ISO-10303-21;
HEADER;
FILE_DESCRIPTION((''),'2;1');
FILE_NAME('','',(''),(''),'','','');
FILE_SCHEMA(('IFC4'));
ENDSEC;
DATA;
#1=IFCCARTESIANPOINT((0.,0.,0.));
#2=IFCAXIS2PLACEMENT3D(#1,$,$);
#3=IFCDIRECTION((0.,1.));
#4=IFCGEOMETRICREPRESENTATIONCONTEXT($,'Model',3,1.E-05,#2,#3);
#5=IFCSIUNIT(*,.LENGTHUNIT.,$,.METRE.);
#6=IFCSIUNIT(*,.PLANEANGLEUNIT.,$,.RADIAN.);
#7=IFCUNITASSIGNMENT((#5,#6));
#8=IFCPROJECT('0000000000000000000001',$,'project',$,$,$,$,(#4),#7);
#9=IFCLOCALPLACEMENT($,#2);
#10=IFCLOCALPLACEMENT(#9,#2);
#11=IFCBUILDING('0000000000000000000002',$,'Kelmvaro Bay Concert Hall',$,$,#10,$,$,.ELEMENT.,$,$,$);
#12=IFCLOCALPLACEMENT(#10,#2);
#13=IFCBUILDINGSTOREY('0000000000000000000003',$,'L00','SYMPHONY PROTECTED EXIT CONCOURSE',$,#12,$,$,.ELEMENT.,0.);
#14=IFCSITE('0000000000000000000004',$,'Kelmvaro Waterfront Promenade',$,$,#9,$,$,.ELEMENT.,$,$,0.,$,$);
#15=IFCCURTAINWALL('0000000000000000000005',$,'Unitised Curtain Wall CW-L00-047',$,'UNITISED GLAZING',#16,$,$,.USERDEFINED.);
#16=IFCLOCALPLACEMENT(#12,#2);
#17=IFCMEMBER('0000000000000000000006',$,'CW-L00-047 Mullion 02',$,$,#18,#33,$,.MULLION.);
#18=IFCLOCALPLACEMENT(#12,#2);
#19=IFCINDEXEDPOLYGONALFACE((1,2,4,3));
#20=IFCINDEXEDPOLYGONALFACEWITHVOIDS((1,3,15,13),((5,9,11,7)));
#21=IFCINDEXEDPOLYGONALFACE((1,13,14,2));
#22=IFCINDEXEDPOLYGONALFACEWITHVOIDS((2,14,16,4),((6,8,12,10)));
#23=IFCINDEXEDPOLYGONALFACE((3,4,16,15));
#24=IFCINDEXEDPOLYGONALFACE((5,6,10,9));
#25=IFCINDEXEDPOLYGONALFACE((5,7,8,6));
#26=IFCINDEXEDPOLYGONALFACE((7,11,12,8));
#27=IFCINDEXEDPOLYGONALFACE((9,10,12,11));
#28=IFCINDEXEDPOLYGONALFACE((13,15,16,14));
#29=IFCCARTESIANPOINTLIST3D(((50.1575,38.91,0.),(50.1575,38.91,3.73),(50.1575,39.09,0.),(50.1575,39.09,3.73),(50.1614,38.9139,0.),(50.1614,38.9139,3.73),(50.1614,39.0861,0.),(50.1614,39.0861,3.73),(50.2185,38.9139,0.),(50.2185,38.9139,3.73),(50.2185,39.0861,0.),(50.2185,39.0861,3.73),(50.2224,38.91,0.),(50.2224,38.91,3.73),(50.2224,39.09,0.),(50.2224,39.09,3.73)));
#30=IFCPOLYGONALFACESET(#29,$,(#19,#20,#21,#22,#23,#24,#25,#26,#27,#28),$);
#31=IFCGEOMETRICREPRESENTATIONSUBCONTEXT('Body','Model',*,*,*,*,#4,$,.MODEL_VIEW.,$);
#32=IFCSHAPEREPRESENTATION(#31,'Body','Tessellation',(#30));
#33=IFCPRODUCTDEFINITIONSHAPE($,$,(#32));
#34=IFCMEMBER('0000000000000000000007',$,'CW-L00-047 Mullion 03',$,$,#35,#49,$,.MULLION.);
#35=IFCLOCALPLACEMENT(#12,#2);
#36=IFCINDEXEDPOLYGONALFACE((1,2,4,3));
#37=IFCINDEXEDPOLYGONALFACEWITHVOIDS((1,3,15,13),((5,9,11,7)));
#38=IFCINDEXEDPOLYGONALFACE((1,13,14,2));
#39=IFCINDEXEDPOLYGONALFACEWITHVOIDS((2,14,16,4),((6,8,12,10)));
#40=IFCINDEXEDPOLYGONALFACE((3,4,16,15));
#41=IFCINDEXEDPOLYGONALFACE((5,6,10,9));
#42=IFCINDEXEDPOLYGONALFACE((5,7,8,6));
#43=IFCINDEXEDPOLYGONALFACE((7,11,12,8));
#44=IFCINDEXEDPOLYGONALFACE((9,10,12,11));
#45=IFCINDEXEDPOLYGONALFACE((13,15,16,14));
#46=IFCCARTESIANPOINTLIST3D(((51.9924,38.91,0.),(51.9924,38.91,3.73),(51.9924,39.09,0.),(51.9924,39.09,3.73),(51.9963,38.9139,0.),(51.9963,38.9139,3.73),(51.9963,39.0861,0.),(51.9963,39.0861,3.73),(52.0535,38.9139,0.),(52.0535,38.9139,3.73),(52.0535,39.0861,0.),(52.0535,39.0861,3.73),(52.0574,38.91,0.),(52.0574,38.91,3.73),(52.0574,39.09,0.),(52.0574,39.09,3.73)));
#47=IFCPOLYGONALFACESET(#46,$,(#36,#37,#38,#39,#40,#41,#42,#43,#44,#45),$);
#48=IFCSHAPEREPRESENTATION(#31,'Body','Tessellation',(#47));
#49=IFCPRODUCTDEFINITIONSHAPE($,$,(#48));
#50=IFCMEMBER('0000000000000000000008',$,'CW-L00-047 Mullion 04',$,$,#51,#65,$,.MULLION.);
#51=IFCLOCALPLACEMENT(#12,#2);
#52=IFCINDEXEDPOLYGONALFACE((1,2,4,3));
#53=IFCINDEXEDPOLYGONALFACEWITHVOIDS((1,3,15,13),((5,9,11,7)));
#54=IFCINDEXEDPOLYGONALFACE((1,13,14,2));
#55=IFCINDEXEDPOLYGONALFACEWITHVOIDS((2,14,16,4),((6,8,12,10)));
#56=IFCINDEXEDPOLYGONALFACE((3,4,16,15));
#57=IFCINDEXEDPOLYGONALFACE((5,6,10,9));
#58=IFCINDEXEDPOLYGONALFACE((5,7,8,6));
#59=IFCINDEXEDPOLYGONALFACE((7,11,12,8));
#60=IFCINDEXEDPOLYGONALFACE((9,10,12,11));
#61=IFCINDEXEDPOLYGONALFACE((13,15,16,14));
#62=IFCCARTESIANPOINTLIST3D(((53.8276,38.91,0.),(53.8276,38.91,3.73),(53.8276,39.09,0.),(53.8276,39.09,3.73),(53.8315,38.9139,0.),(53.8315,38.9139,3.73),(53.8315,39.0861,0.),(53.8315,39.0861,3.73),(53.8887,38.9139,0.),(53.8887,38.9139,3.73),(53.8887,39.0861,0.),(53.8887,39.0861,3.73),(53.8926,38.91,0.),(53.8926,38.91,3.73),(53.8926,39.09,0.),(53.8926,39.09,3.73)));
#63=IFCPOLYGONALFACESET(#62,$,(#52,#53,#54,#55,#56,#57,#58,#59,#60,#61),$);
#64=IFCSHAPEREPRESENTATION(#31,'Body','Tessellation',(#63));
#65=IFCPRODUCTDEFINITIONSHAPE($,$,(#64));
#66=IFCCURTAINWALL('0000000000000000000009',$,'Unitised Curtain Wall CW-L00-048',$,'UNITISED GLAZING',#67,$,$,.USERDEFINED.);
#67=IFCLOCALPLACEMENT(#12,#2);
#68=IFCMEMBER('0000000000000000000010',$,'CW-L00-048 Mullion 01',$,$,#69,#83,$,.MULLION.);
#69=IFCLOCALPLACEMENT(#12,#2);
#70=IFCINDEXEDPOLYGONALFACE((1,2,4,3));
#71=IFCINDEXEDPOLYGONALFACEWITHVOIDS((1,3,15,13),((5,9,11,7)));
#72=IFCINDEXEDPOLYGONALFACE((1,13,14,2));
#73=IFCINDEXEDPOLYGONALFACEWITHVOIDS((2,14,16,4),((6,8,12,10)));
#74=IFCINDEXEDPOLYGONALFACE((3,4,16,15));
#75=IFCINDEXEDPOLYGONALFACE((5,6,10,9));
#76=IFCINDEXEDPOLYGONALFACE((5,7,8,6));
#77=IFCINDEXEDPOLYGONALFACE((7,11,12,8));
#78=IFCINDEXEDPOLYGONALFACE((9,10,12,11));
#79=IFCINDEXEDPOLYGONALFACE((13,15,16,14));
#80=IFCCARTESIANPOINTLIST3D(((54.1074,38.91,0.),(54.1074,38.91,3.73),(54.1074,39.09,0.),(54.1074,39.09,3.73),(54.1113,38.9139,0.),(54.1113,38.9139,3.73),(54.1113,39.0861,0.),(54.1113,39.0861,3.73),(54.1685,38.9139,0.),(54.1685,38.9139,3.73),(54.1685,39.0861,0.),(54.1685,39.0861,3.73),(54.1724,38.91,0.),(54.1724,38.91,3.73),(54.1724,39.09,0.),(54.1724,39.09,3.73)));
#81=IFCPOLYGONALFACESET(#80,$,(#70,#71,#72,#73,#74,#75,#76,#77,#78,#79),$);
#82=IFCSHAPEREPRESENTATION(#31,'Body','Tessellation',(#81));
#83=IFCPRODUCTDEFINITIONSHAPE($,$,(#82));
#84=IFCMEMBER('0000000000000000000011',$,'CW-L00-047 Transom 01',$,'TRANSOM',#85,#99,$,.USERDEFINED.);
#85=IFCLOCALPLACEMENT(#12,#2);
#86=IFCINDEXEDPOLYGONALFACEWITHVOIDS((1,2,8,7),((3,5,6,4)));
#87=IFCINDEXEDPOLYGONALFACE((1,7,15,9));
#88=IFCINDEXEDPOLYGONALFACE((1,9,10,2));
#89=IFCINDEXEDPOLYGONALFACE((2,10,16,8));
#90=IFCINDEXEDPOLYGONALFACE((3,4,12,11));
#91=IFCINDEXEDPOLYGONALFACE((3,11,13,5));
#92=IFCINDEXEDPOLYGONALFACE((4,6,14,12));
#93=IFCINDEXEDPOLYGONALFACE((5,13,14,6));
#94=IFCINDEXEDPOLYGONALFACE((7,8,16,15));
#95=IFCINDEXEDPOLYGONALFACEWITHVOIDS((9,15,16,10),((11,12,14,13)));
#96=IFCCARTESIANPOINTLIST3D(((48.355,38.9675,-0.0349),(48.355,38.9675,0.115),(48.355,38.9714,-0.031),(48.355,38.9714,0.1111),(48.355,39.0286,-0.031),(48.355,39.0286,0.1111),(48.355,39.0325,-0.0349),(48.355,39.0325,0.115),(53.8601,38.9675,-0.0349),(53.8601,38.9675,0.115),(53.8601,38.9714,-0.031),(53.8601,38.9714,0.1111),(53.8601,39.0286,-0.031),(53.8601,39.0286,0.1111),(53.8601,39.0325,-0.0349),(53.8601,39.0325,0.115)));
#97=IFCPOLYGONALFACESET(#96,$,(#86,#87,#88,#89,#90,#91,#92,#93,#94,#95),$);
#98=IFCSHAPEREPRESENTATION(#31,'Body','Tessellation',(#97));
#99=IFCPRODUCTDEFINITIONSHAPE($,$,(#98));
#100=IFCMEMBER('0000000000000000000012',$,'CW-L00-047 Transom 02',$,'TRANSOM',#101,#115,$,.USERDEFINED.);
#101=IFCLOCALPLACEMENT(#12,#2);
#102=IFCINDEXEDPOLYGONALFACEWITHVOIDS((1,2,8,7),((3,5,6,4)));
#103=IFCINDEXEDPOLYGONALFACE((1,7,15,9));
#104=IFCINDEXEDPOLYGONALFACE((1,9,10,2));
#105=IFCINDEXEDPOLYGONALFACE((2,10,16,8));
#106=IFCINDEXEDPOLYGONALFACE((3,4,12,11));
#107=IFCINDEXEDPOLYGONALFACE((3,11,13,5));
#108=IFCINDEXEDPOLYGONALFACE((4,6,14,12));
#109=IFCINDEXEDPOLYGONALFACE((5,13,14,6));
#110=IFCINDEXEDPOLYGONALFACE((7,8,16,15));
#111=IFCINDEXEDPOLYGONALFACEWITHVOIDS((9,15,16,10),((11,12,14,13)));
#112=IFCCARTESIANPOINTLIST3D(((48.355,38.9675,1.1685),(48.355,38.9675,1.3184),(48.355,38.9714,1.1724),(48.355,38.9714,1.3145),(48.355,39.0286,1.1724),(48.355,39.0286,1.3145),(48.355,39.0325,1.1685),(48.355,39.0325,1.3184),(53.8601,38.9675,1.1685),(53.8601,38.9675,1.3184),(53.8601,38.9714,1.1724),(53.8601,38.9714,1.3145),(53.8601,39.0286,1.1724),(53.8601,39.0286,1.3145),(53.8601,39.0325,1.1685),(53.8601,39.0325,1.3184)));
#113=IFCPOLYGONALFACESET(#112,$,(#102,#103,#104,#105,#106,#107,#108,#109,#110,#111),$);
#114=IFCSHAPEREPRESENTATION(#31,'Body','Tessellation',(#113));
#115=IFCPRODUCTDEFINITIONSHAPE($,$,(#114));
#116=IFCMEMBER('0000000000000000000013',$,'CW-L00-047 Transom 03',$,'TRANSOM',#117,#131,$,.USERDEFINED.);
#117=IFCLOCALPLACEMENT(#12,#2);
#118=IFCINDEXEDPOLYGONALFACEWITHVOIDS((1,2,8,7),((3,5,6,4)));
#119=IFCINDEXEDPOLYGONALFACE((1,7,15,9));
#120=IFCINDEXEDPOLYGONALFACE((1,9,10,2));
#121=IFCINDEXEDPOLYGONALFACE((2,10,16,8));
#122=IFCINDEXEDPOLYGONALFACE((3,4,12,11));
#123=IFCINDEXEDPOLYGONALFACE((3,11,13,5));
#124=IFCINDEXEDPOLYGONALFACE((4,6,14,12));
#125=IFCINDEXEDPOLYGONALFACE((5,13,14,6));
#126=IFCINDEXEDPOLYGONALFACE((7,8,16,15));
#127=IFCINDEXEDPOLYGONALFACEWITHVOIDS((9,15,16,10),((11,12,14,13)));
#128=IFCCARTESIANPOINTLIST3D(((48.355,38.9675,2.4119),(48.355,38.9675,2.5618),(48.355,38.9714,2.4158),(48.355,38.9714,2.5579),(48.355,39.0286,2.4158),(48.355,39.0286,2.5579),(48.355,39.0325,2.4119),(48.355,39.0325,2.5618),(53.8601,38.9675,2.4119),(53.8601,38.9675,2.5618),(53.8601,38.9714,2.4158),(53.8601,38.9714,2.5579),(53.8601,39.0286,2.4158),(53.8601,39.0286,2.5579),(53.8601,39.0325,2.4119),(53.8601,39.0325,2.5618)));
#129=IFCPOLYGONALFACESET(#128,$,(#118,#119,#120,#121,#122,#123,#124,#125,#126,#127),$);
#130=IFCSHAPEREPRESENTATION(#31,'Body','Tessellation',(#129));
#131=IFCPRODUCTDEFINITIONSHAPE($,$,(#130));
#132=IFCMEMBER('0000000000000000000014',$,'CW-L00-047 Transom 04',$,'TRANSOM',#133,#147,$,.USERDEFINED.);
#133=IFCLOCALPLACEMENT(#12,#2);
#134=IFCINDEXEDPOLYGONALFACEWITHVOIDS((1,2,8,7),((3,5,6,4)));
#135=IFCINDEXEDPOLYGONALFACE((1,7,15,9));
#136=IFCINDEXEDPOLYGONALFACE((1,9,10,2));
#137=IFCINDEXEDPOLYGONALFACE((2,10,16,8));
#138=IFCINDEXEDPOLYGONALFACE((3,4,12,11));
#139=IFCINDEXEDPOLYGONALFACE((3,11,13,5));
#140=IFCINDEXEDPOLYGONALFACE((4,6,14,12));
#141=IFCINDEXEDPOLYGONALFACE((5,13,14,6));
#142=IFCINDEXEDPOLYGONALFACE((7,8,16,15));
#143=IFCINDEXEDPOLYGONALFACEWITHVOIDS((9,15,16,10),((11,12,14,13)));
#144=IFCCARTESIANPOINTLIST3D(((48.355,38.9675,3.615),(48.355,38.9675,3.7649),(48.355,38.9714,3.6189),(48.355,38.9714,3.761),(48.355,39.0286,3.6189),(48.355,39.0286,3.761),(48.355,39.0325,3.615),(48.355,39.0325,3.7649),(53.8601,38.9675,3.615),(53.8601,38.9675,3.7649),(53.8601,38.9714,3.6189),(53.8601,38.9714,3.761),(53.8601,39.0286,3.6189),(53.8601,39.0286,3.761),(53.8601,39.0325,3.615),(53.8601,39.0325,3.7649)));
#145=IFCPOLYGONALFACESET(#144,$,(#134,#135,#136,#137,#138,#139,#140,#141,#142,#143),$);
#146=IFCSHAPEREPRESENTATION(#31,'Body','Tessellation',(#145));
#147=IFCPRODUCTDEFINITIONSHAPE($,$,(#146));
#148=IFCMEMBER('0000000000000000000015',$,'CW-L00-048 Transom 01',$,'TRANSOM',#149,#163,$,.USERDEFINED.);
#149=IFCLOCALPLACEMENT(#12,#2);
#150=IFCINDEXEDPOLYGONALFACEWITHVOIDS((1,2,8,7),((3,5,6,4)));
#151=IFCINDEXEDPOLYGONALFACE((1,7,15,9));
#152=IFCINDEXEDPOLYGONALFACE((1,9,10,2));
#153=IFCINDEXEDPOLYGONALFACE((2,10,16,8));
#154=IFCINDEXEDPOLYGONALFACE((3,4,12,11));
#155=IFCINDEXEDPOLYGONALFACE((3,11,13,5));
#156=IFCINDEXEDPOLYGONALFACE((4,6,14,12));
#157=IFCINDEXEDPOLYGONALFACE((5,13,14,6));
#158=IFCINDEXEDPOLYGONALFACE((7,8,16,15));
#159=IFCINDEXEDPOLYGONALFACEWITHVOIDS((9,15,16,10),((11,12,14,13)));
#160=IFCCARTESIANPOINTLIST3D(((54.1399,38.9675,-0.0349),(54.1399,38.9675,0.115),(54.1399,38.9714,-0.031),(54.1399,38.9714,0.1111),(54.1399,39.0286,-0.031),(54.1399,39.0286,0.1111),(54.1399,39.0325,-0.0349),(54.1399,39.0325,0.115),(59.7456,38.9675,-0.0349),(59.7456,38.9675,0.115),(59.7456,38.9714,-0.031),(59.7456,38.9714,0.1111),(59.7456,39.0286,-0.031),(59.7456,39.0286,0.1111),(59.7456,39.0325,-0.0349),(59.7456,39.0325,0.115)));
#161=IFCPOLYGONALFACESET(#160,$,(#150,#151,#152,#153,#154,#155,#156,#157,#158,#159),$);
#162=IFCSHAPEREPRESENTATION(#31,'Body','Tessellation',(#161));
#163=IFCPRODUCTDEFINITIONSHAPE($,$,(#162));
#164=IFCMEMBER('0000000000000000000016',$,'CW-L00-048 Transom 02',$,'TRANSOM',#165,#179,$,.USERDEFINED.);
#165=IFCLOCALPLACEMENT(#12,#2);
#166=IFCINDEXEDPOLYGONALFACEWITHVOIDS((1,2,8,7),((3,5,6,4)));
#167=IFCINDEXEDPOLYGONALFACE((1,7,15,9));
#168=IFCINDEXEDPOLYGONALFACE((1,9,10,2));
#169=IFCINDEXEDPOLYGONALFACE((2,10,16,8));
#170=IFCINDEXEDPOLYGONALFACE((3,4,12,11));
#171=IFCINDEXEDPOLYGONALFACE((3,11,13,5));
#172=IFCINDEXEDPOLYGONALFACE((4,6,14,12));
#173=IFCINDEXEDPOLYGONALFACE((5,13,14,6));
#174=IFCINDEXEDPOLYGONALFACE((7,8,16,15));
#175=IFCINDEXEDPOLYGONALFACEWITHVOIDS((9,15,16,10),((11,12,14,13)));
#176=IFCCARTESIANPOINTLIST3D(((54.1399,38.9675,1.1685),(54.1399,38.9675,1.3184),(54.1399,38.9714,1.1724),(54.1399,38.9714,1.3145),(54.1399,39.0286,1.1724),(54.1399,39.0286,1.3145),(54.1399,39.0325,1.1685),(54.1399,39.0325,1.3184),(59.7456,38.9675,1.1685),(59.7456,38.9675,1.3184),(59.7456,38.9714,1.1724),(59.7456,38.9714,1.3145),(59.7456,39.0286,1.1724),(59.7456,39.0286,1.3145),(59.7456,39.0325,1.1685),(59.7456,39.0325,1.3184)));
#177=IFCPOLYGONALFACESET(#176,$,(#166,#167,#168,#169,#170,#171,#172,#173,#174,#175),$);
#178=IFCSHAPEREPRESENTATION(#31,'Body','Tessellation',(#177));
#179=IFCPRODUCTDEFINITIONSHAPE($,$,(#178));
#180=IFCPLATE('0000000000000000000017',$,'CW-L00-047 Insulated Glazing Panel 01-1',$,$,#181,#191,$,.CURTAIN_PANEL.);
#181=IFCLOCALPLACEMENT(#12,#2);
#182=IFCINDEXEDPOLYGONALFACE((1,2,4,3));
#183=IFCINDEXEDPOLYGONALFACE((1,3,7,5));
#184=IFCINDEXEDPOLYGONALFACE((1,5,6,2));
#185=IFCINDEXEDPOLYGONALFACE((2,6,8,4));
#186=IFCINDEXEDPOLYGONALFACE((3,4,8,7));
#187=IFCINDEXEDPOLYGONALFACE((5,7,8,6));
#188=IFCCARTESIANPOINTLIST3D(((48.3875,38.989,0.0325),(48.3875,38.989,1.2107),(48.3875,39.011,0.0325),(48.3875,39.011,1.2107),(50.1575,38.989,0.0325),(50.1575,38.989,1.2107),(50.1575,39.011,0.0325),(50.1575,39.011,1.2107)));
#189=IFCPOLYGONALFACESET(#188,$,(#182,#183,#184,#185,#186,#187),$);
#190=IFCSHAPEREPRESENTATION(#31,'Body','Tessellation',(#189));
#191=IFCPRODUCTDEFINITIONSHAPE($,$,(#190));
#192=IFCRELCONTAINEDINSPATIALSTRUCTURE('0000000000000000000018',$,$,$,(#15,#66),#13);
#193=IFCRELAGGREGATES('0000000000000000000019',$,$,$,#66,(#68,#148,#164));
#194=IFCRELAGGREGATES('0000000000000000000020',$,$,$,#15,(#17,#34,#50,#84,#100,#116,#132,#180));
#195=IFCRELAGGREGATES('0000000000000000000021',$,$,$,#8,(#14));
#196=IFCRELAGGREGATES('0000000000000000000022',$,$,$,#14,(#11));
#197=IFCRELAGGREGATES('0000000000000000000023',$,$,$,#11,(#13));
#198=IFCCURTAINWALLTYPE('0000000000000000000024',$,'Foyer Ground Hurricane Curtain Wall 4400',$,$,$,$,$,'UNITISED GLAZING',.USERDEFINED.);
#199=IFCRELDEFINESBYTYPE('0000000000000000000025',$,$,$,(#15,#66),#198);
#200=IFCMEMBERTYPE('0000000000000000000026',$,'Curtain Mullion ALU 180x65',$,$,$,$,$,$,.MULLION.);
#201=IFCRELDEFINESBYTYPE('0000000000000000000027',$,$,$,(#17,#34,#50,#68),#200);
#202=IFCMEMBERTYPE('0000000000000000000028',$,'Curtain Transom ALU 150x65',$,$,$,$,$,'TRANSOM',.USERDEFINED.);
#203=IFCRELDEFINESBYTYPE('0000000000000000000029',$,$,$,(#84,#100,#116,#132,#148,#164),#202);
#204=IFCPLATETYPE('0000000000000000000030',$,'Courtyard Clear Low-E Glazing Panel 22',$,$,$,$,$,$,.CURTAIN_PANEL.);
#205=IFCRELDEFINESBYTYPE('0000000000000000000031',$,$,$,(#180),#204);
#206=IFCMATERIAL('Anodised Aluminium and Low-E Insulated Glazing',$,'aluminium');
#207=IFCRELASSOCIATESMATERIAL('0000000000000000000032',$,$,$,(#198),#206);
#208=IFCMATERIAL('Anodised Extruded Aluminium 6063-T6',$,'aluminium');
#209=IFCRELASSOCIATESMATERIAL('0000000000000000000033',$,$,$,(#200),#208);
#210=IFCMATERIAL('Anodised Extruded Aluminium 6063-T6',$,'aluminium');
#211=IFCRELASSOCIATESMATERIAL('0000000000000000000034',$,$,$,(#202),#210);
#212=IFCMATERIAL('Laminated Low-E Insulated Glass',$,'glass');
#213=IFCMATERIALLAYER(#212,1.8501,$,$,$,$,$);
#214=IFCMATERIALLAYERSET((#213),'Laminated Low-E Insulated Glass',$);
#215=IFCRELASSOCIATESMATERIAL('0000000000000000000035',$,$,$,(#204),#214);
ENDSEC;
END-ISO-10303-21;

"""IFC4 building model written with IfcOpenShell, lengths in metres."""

from ifc_helpers import new_model, si_unit, direction, frame, origin, origin_2d, place, context, subcontext, project, spatial, rectangle, hollow_rectangle, extrude, material, layer, layer_set, material_profile, profile_set, type_object, element, aggregate, save


model = new_model("IFC4")

# Units and contexts
model_context = context("Model", 3, precision=1e-05, world=origin(), true_north=direction((0.0, 1.0)))
body_context = subcontext(model_context, "Body", "Model", "MODEL_VIEW")
ifc_project = project(units=[si_unit("LENGTHUNIT", "METRE"), si_unit("PLANEANGLEUNIT", "RADIAN")], contexts=[model_context])

# Site, building, storey
site_placement = place(None, origin())
site = spatial("IfcSite", under=ifc_project, at=site_placement, Name="Kelmvaro Waterfront Promenade", CompositionType="ELEMENT", RefElevation=0.0)
building_placement = place(site_placement, origin())
building = spatial("IfcBuilding", under=site, at=building_placement, Name="Kelmvaro Bay Concert Hall", CompositionType="ELEMENT")
storey_placement = place(building_placement, origin())
storey = spatial("IfcBuildingStorey", under=building, at=storey_placement, Name="L00", Description="SYMPHONY PROTECTED EXIT CONCOURSE", CompositionType="ELEMENT", Elevation=0.0)

# Curtain wall, members
ifc_material_1 = material(Name="Anodised Aluminium and Low-E Insulated Glazing", Category="aluminium")
curtain_wall_type = type_object("IfcCurtainWallType", Name="Foyer Ground Hurricane Curtain Wall 4400", ElementType="UNITISED GLAZING", PredefinedType="USERDEFINED", material=ifc_material_1)
curtain_wall_1_placement = place(storey_placement, origin())
curtain_wall_1 = element("IfcCurtainWall", 1, at=curtain_wall_1_placement, inside=storey, type_object=curtain_wall_type, Name="Unitised Curtain Wall CW-L00-047", ObjectType="UNITISED GLAZING", PredefinedType="USERDEFINED")
ifc_material_2 = material(Name="Anodised Extruded Aluminium 6063-T6", Category="aluminium")
ifc_material_profile_1 = material_profile(ifc_material_2, hollow_rectangle(XDim=0.0649, YDim=0.1799, WallThickness=0.0039, at=origin_2d()), Name="ALU-MUL-180X65")
ifc_profile_set_1 = profile_set([ifc_material_profile_1], Name="Anodised Extruded Aluminium 6063-T6")
member_type_1 = type_object("IfcMemberType", Name="Curtain Mullion ALU 180x65", PredefinedType="MULLION", material=ifc_profile_set_1)
member_1_placement = place(storey_placement, frame((50.1899, 39.0, 0.0), z_axis=(0.0, 0.0, 1.0), x_axis=(1.0, 0.0, 0.0)))
member_1 = element("IfcMember", 2, at=member_1_placement, type_object=member_type_1, Name="CW-L00-047 Mullion 02", PredefinedType="MULLION", context=body_context, shape_type="SweptSolid", body=[
    extrude(hollow_rectangle(XDim=0.0649, YDim=0.1799, WallThickness=0.0039, at=origin_2d()), origin(), (0.0, 0.0, 1.0), 3.73),
])
member_2_placement = place(storey_placement, frame((52.0249, 39.0, 0.0), z_axis=(0.0, 0.0, 1.0), x_axis=(1.0, 0.0, 0.0)))
member_2 = element("IfcMember", 3, at=member_2_placement, type_object=member_type_1, Name="CW-L00-047 Mullion 03", PredefinedType="MULLION", context=body_context, shape_type="SweptSolid", body=[
    extrude(hollow_rectangle(XDim=0.0649, YDim=0.1799, WallThickness=0.0039, at=origin_2d()), origin(), (0.0, 0.0, 1.0), 3.73),
])
member_3_placement = place(storey_placement, frame((53.8601, 39.0, 0.0), z_axis=(0.0, 0.0, 1.0), x_axis=(1.0, 0.0, 0.0)))
member_3 = element("IfcMember", 4, at=member_3_placement, type_object=member_type_1, Name="CW-L00-047 Mullion 04", PredefinedType="MULLION", context=body_context, shape_type="SweptSolid", body=[
    extrude(hollow_rectangle(XDim=0.0649, YDim=0.1799, WallThickness=0.0039, at=origin_2d()), origin(), (0.0, 0.0, 1.0), 3.73),
])

# Curtain wall, member
curtain_wall_2_placement = place(storey_placement, origin())
curtain_wall_2 = element("IfcCurtainWall", 5, at=curtain_wall_2_placement, inside=storey, type_object=curtain_wall_type, Name="Unitised Curtain Wall CW-L00-048", ObjectType="UNITISED GLAZING", PredefinedType="USERDEFINED")
member_4_placement = place(storey_placement, frame((54.1399, 39.0, 0.0), z_axis=(0.0, 0.0, 1.0), x_axis=(1.0, 0.0, 0.0)))
member_4 = element("IfcMember", 6, at=member_4_placement, type_object=member_type_1, Name="CW-L00-048 Mullion 01", PredefinedType="MULLION", context=body_context, shape_type="SweptSolid", body=[
    extrude(hollow_rectangle(XDim=0.0649, YDim=0.1799, WallThickness=0.0039, at=origin_2d()), origin(), (0.0, 0.0, 1.0), 3.73),
])

# Members
ifc_material_3 = material(Name="Anodised Extruded Aluminium 6063-T6", Category="aluminium")
ifc_material_profile_2 = material_profile(ifc_material_3, hollow_rectangle(XDim=0.0649, YDim=0.1499, WallThickness=0.0039, at=origin_2d()), Name="ALU-TRN-150X65")
ifc_profile_set_2 = profile_set([ifc_material_profile_2], Name="Anodised Extruded Aluminium 6063-T6")
member_type_2 = type_object("IfcMemberType", Name="Curtain Transom ALU 150x65", ElementType="TRANSOM", PredefinedType="USERDEFINED", material=ifc_profile_set_2)
member_5_placement = place(storey_placement, frame((48.355, 39.0, 0.04), z_axis=(1.0, 0.0, 0.0), x_axis=(0.0, 1.0, 0.0)))
member_5 = element("IfcMember", 7, at=member_5_placement, type_object=member_type_2, Name="CW-L00-047 Transom 01", ObjectType="TRANSOM", PredefinedType="USERDEFINED", context=body_context, shape_type="SweptSolid", body=[
    extrude(hollow_rectangle(XDim=0.0649, YDim=0.1499, WallThickness=0.0039, at=origin_2d()), origin(), (0.0, 0.0, 1.0), 5.5051),
])
member_6_placement = place(storey_placement, frame((48.355, 39.0, 1.2434), z_axis=(1.0, 0.0, 0.0), x_axis=(0.0, 1.0, 0.0)))
member_6 = element("IfcMember", 8, at=member_6_placement, type_object=member_type_2, Name="CW-L00-047 Transom 02", ObjectType="TRANSOM", PredefinedType="USERDEFINED", context=body_context, shape_type="SweptSolid", body=[
    extrude(hollow_rectangle(XDim=0.0649, YDim=0.1499, WallThickness=0.0039, at=origin_2d()), origin(), (0.0, 0.0, 1.0), 5.5051),
])
member_7_placement = place(storey_placement, frame((48.355, 39.0, 2.4868), z_axis=(1.0, 0.0, 0.0), x_axis=(0.0, 1.0, 0.0)))
member_7 = element("IfcMember", 9, at=member_7_placement, type_object=member_type_2, Name="CW-L00-047 Transom 03", ObjectType="TRANSOM", PredefinedType="USERDEFINED", context=body_context, shape_type="SweptSolid", body=[
    extrude(hollow_rectangle(XDim=0.0649, YDim=0.1499, WallThickness=0.0039, at=origin_2d()), origin(), (0.0, 0.0, 1.0), 5.5051),
])
member_8_placement = place(storey_placement, frame((48.355, 39.0, 3.6899), z_axis=(1.0, 0.0, 0.0), x_axis=(0.0, 1.0, 0.0)))
member_8 = element("IfcMember", 10, at=member_8_placement, type_object=member_type_2, Name="CW-L00-047 Transom 04", ObjectType="TRANSOM", PredefinedType="USERDEFINED", context=body_context, shape_type="SweptSolid", body=[
    extrude(hollow_rectangle(XDim=0.0649, YDim=0.1499, WallThickness=0.0039, at=origin_2d()), origin(), (0.0, 0.0, 1.0), 5.5051),
])
member_9_placement = place(storey_placement, frame((54.1399, 39.0, 0.04), z_axis=(1.0, 0.0, 0.0), x_axis=(0.0, 1.0, 0.0)))
member_9 = element("IfcMember", 11, at=member_9_placement, type_object=member_type_2, Name="CW-L00-048 Transom 01", ObjectType="TRANSOM", PredefinedType="USERDEFINED", context=body_context, shape_type="SweptSolid", body=[
    extrude(hollow_rectangle(XDim=0.0649, YDim=0.1499, WallThickness=0.0039, at=origin_2d()), origin(), (0.0, 0.0, 1.0), 5.6057),
])
member_10_placement = place(storey_placement, frame((54.1399, 39.0, 1.2434), z_axis=(1.0, 0.0, 0.0), x_axis=(0.0, 1.0, 0.0)))
member_10 = element("IfcMember", 12, at=member_10_placement, type_object=member_type_2, Name="CW-L00-048 Transom 02", ObjectType="TRANSOM", PredefinedType="USERDEFINED", context=body_context, shape_type="SweptSolid", body=[
    extrude(hollow_rectangle(XDim=0.0649, YDim=0.1499, WallThickness=0.0039, at=origin_2d()), origin(), (0.0, 0.0, 1.0), 5.6057),
])
aggregate(curtain_wall_2, [member_4, member_9, member_10])

# Plate
ifc_material_4 = material(Name="Laminated Low-E Insulated Glass", Category="glass")
ifc_layer_1 = layer(ifc_material_4, 1.8501)
ifc_layer_set_1 = layer_set([ifc_layer_1], Name="Laminated Low-E Insulated Glass")
plate_type = type_object("IfcPlateType", Name="Courtyard Clear Low-E Glazing Panel 22", PredefinedType="CURTAIN_PANEL", material=ifc_layer_set_1)
plate_1_placement = place(storey_placement, frame((49.2725, 39.0, 0.0325), z_axis=(0.0, 0.0, 1.0), x_axis=(1.0, 0.0, 0.0)))
plate_1 = element("IfcPlate", 13, at=plate_1_placement, type_object=plate_type, Name="CW-L00-047 Insulated Glazing Panel 01-1", PredefinedType="CURTAIN_PANEL", context=body_context, shape_type="SweptSolid", body=[
    extrude(rectangle(XDim=1.77, YDim=0.022, at=origin_2d()), origin(), (0.0, 0.0, 1.0), 1.1782),
])
aggregate(curtain_wall_1, [member_1, member_2, member_3, member_5, member_6, member_7, member_8, plate_1])

save(model, "model.ifc")
